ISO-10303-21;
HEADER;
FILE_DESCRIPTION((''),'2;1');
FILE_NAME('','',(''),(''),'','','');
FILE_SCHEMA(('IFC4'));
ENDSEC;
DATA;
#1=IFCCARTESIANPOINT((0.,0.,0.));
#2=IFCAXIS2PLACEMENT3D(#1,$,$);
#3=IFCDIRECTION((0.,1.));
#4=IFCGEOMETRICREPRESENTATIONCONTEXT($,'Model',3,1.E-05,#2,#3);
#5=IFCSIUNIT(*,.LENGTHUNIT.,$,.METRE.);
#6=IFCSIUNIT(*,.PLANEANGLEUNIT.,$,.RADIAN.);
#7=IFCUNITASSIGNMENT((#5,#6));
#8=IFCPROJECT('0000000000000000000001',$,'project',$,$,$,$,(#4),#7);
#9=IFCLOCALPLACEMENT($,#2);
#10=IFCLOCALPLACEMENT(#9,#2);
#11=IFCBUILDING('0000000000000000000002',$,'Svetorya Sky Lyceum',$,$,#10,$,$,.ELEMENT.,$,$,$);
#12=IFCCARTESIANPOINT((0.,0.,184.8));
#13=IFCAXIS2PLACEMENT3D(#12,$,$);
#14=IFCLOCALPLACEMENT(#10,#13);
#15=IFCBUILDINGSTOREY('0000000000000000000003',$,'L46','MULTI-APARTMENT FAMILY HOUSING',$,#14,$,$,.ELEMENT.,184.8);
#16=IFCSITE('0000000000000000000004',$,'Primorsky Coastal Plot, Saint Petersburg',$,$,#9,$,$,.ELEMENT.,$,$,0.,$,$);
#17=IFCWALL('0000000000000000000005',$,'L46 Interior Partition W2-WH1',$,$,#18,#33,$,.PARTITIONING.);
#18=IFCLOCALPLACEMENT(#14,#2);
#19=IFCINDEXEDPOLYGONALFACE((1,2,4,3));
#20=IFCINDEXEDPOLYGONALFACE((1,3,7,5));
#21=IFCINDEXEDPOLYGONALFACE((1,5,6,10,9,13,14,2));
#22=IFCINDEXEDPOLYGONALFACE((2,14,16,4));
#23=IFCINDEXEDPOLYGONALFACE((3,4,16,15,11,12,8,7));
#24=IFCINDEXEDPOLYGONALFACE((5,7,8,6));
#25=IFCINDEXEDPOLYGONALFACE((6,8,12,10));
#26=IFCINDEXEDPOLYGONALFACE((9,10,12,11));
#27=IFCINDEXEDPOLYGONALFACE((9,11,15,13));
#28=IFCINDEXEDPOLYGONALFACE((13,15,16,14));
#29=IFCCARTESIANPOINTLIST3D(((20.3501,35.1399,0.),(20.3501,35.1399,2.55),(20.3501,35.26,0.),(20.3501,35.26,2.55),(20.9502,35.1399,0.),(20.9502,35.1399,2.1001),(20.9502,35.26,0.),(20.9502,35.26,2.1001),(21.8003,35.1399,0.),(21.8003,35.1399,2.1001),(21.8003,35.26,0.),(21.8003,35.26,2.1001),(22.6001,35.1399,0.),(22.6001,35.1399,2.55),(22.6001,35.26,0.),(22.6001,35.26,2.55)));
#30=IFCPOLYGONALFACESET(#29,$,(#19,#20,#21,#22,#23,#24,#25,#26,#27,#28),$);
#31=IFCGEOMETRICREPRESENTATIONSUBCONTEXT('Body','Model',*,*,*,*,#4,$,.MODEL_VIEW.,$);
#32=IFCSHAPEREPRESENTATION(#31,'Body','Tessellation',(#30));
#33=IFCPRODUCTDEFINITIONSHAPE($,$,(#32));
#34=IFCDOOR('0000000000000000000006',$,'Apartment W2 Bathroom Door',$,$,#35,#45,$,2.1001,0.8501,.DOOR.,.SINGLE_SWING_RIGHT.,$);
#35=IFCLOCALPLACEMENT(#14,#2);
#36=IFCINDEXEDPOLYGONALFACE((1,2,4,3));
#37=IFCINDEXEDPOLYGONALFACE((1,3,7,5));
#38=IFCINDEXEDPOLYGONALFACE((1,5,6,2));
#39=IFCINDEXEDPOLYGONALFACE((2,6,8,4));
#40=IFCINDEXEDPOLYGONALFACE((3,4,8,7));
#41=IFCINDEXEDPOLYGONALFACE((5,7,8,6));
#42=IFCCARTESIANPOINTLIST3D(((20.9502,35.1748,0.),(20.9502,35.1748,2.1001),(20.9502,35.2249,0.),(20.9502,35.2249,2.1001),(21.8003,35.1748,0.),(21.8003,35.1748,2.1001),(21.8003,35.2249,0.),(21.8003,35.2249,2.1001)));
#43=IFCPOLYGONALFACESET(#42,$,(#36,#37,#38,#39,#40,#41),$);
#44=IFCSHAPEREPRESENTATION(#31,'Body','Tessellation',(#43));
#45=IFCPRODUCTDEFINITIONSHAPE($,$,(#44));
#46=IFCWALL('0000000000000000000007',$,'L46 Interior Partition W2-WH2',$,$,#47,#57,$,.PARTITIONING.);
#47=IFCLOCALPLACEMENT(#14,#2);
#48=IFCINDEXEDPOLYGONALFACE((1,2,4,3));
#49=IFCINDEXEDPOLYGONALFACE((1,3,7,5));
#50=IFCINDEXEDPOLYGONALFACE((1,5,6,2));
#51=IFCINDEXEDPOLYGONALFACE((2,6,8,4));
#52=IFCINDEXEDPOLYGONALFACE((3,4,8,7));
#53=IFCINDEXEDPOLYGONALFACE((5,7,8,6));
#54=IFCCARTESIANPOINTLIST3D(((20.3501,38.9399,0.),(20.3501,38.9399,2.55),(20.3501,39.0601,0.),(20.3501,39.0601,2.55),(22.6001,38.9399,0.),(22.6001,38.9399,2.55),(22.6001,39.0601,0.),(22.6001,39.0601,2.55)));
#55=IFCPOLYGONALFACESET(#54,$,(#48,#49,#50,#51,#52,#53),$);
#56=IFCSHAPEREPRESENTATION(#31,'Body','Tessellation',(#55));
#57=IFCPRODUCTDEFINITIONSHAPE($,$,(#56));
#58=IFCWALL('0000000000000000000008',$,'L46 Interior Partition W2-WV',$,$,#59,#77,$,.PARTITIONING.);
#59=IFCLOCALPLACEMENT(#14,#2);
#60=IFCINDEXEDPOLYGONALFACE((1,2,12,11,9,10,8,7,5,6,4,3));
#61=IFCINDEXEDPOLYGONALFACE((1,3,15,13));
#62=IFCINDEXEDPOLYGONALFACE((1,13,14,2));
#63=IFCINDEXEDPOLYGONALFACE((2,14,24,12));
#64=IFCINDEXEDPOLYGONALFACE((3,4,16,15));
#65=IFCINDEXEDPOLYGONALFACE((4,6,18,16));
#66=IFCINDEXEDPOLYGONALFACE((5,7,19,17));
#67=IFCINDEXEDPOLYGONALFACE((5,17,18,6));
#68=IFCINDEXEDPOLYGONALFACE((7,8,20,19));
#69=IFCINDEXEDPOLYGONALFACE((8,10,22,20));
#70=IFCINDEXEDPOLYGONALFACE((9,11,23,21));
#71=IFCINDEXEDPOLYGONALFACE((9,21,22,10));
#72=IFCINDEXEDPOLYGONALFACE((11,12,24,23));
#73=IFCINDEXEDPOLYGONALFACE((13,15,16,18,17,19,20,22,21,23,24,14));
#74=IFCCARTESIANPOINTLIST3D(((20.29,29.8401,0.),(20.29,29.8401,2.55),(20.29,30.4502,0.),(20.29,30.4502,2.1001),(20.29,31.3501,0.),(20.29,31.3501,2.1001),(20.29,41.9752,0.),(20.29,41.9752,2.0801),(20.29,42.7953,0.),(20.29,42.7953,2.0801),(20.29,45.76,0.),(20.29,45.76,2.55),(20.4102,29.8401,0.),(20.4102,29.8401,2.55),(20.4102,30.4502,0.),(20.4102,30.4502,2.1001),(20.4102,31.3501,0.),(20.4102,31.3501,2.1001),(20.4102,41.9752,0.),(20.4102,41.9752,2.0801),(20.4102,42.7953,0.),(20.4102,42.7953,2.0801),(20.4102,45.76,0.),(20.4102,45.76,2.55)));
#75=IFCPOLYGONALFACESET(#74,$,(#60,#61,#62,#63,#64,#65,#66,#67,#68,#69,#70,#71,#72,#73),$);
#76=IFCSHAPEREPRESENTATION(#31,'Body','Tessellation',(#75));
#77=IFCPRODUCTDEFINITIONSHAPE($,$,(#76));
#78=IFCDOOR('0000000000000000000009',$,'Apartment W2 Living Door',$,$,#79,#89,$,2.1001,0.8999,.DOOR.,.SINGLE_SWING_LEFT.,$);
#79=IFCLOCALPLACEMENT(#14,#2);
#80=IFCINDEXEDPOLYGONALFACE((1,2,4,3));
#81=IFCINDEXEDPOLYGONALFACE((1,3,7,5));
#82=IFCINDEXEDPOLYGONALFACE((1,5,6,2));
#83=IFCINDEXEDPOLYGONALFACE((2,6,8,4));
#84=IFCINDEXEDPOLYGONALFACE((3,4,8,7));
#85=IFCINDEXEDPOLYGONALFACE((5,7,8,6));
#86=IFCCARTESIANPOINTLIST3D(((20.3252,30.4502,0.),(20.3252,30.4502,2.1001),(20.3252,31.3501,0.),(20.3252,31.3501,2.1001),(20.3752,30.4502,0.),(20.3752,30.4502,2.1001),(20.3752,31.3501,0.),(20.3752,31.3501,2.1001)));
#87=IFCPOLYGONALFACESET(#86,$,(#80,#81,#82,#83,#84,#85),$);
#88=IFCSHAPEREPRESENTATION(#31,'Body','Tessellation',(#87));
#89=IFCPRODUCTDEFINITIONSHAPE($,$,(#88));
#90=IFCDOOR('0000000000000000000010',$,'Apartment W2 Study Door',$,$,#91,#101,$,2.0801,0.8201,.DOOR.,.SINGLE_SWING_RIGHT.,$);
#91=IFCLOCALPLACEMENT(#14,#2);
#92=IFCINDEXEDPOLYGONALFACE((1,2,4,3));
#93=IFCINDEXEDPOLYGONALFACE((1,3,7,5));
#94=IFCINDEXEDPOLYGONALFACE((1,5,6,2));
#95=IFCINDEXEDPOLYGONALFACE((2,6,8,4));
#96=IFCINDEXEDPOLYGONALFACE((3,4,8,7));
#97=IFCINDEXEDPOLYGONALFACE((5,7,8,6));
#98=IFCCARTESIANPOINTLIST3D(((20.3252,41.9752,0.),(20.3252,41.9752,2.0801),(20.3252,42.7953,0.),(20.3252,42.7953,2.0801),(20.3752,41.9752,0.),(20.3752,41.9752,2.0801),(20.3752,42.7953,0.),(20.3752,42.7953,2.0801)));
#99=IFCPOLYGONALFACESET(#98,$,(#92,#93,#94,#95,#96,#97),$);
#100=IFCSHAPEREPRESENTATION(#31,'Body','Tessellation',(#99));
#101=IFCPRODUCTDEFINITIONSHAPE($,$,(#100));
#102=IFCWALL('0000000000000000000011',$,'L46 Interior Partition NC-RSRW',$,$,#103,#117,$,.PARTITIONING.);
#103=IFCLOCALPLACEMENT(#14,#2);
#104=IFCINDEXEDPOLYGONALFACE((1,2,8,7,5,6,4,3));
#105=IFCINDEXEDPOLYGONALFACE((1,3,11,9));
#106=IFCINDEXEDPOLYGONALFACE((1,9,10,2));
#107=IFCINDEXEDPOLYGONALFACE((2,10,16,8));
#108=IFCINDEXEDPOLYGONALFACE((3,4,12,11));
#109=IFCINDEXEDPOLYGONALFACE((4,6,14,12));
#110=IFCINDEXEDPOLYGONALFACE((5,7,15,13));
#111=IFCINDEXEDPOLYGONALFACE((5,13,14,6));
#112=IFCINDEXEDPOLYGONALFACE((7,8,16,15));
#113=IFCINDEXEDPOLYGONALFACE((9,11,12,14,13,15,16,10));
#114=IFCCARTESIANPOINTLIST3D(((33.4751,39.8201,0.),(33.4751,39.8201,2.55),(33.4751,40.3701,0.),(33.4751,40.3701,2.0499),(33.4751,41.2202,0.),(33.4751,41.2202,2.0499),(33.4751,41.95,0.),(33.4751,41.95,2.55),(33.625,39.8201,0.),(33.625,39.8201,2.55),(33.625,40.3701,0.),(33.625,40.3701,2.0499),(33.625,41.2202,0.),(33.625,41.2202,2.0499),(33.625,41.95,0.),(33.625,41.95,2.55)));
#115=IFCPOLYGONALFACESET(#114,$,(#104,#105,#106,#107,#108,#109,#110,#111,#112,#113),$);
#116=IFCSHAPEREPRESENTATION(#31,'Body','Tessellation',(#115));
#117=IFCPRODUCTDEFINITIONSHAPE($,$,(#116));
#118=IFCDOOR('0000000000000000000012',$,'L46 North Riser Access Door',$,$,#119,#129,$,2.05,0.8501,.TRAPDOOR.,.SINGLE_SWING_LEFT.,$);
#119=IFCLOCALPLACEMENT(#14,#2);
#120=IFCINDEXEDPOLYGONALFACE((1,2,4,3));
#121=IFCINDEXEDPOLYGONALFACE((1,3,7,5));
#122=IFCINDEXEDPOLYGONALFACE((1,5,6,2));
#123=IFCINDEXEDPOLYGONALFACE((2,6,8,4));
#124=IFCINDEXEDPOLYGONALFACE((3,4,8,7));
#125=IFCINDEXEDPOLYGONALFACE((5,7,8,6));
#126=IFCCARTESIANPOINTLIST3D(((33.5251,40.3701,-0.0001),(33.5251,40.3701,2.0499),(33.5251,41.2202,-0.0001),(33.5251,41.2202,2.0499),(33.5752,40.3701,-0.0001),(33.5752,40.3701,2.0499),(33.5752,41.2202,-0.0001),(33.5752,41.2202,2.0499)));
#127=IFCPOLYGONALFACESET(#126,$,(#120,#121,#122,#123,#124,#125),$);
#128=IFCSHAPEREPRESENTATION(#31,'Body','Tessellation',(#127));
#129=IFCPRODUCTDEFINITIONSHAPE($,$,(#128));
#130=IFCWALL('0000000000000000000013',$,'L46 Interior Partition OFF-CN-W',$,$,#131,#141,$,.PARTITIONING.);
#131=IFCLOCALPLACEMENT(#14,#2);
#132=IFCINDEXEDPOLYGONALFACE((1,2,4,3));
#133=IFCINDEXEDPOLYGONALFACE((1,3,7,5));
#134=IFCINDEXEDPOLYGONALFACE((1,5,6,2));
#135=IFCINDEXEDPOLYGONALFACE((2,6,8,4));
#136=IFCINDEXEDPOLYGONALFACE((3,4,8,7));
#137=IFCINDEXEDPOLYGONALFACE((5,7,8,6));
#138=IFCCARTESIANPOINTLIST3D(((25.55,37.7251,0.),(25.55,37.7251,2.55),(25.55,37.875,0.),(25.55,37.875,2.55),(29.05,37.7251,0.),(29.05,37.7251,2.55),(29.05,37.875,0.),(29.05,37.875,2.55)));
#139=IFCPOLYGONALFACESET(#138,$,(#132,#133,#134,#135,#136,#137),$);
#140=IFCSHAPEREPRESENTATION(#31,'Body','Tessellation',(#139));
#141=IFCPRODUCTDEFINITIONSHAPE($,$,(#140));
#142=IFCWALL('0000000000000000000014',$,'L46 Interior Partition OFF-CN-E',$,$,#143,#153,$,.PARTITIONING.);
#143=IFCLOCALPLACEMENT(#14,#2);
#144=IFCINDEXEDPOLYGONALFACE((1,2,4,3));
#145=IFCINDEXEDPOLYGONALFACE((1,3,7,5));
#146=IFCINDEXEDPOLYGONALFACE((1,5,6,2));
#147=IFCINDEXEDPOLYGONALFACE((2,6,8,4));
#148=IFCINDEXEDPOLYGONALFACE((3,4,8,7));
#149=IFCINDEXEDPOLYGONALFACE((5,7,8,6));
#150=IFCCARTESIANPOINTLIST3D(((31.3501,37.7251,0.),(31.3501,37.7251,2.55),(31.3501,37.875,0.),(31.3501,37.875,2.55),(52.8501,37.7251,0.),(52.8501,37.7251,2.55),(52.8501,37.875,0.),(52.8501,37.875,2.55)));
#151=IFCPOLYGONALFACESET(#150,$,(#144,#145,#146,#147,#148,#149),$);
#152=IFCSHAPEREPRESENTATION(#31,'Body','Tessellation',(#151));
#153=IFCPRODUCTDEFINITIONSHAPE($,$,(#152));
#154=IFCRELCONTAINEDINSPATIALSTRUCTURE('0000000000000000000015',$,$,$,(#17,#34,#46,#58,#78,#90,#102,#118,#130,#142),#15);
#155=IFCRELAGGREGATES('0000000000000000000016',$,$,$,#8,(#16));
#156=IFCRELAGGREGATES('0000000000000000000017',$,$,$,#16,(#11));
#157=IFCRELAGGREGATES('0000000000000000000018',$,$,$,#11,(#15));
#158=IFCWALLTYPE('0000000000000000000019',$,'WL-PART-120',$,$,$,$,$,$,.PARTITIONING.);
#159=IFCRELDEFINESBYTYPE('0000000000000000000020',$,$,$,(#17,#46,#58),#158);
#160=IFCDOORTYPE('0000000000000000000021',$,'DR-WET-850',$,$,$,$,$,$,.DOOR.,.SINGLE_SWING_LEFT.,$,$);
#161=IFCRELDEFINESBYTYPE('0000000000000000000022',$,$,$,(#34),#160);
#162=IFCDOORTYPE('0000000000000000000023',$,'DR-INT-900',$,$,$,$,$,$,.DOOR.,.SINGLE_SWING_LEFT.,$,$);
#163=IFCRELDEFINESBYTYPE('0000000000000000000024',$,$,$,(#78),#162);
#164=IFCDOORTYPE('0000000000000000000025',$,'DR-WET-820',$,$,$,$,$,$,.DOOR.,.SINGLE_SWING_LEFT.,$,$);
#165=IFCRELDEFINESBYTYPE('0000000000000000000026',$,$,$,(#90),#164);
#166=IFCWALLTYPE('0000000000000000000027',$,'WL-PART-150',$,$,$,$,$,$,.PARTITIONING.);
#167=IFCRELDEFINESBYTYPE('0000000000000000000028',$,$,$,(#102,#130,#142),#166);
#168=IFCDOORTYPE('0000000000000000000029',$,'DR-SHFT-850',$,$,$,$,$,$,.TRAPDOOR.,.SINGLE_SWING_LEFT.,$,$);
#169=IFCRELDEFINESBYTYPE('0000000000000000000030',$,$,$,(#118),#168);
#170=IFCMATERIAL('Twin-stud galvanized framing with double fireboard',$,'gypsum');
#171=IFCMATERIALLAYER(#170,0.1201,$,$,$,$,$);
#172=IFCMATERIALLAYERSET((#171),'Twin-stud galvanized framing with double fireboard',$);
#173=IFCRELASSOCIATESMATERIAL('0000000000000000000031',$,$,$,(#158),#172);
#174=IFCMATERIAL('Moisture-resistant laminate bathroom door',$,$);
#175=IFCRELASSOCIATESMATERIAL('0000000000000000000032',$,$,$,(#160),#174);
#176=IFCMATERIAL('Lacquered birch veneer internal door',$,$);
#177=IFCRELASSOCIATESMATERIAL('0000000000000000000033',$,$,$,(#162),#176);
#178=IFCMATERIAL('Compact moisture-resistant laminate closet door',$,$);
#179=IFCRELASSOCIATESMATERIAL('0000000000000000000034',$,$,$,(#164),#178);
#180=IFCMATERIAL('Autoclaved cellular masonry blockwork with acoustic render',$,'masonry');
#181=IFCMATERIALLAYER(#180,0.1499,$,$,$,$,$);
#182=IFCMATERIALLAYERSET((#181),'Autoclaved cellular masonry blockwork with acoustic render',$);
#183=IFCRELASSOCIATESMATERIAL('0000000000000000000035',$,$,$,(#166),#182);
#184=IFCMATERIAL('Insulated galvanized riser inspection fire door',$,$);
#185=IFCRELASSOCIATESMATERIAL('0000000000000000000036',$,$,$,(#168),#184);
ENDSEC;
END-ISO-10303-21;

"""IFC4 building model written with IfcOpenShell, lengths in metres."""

from ifc_helpers import new_model, si_unit, direction, frame, frame_2d, origin, place, context, subcontext, project, spatial, rectangle, extrude, material, layer, layer_set, type_object, element, fill, save


model = new_model("IFC4")

# Units and contexts
model_context = context("Model", 3, precision=1e-05, world=origin(), true_north=direction((0.0, 1.0)))
body_context = subcontext(model_context, "Body", "Model", "MODEL_VIEW")
ifc_project = project(units=[si_unit("LENGTHUNIT", "METRE"), si_unit("PLANEANGLEUNIT", "RADIAN")], contexts=[model_context])

# Site, building, storey
site_placement = place(None, origin())
site = spatial("IfcSite", under=ifc_project, at=site_placement, Name="Primorsky Coastal Plot, Saint Petersburg", CompositionType="ELEMENT", RefElevation=0.0)
building_placement = place(site_placement, origin())
building = spatial("IfcBuilding", under=site, at=building_placement, Name="Svetorya Sky Lyceum", CompositionType="ELEMENT")
storey_placement = place(building_placement, frame((0.0, 0.0, 184.8)))
storey = spatial("IfcBuildingStorey", under=building, at=storey_placement, Name="L46", Description="MULTI-APARTMENT FAMILY HOUSING", CompositionType="ELEMENT", Elevation=184.8)

# Wall, opening, door
ifc_material_1 = material(Name="Twin-stud galvanized framing with double fireboard", Category="gypsum")
ifc_layer_1 = layer(ifc_material_1, 0.1201)
ifc_layer_set_1 = layer_set([ifc_layer_1], Name="Twin-stud galvanized framing with double fireboard")
wall_type_1 = type_object("IfcWallType", Name="WL-PART-120", PredefinedType="PARTITIONING", material=ifc_layer_set_1)
wall_1_placement = place(storey_placement, frame((20.3501, 35.2, 0.0), z_axis=(0.0, 0.0, 1.0), x_axis=(1.0, 0.0, 0.0)))
wall_1 = element("IfcWall", 1, at=wall_1_placement, inside=storey, type_object=wall_type_1, Name="L46 Interior Partition W2-WH1", PredefinedType="PARTITIONING", context=body_context, shape_type="SweptSolid", body=[
    extrude(rectangle(XDim=2.25, YDim=0.1201, at=frame_2d((1.125, 0.0))), origin(), (0.0, 0.0, 1.0), 2.55),
])
opening_1_placement = place(wall_1_placement, frame((0.6001, 0.0, 0.0)))
opening_1 = element("IfcOpeningElement", 2, at=opening_1_placement, cuts=wall_1, PredefinedType="OPENING", context=body_context, shape_type="SweptSolid", body=[
    extrude(rectangle(XDim=0.8501, YDim=2.1001, at=frame_2d((0.425, 1.05))), frame((0.0, 0.0701, 0.0), z_axis=(0.0, -1.0, 0.0), x_axis=(1.0, 0.0, 0.0)), (0.0, 0.0, 1.0), 0.1401),
])
ifc_material_2 = material(Name="Moisture-resistant laminate bathroom door")
door_type_1 = type_object("IfcDoorType", Name="DR-WET-850", OperationType="SINGLE_SWING_LEFT", PredefinedType="DOOR", material=ifc_material_2)
door_1_placement = place(opening_1_placement, origin())
door_1 = element("IfcDoor", 3, at=door_1_placement, inside=storey, type_object=door_type_1, Name="Apartment W2 Bathroom Door", OperationType="SINGLE_SWING_RIGHT", OverallHeight=2.1001, OverallWidth=0.8501, PredefinedType="DOOR", context=body_context, shape_type="SweptSolid", body=[
    extrude(rectangle(XDim=0.8501, YDim=2.1001, at=frame_2d((0.425, 1.05))), frame((0.0, 0.0249, 0.0), z_axis=(0.0, -1.0, 0.0), x_axis=(1.0, 0.0, 0.0)), (0.0, 0.0, 1.0), 0.05),
])
fill(opening_1, door_1)

# Wall
wall_2_placement = place(storey_placement, frame((20.3501, 39.0, 0.0), z_axis=(0.0, 0.0, 1.0), x_axis=(1.0, 0.0, 0.0)))
element("IfcWall", 4, at=wall_2_placement, inside=storey, type_object=wall_type_1, Name="L46 Interior Partition W2-WH2", PredefinedType="PARTITIONING", context=body_context, shape_type="SweptSolid", body=[
    extrude(rectangle(XDim=2.25, YDim=0.1201, at=frame_2d((1.125, 0.0))), origin(), (0.0, 0.0, 1.0), 2.55),
])

# Wall, openings, doors
wall_3_placement = place(storey_placement, frame((20.3501, 29.8401, 0.0), z_axis=(0.0, 0.0, 1.0), x_axis=(0.0, 1.0, 0.0)))
wall_3 = element("IfcWall", 5, at=wall_3_placement, inside=storey, type_object=wall_type_1, Name="L46 Interior Partition W2-WV", PredefinedType="PARTITIONING", context=body_context, shape_type="SweptSolid", body=[
    extrude(rectangle(XDim=15.9199, YDim=0.1201, at=frame_2d((7.96, 0.0))), origin(), (0.0, 0.0, 1.0), 2.55),
])
opening_2_placement = place(wall_3_placement, frame((0.6101, 0.0, 0.0)))
opening_2 = element("IfcOpeningElement", 6, at=opening_2_placement, cuts=wall_3, PredefinedType="OPENING", context=body_context, shape_type="SweptSolid", body=[
    extrude(rectangle(XDim=0.8999, YDim=2.1001, at=frame_2d((0.45, 1.05))), frame((0.0, 0.0701, 0.0), z_axis=(0.0, -1.0, 0.0), x_axis=(1.0, 0.0, 0.0)), (0.0, 0.0, 1.0), 0.1401),
])
opening_3_placement = place(wall_3_placement, frame((12.135, 0.0, 0.0)))
opening_3 = element("IfcOpeningElement", 7, at=opening_3_placement, cuts=wall_3, PredefinedType="OPENING", context=body_context, shape_type="SweptSolid", body=[
    extrude(rectangle(XDim=0.8201, YDim=2.0801, at=frame_2d((0.4102, 1.04))), frame((0.0, 0.0701, 0.0), z_axis=(0.0, -1.0, 0.0), x_axis=(1.0, 0.0, 0.0)), (0.0, 0.0, 1.0), 0.1401),
])
ifc_material_3 = material(Name="Lacquered birch veneer internal door")
door_type_2 = type_object("IfcDoorType", Name="DR-INT-900", OperationType="SINGLE_SWING_LEFT", PredefinedType="DOOR", material=ifc_material_3)
door_2_placement = place(opening_2_placement, origin())
door_2 = element("IfcDoor", 8, at=door_2_placement, inside=storey, type_object=door_type_2, Name="Apartment W2 Living Door", OperationType="SINGLE_SWING_LEFT", OverallHeight=2.1001, OverallWidth=0.8999, PredefinedType="DOOR", context=body_context, shape_type="SweptSolid", body=[
    extrude(rectangle(XDim=0.8999, YDim=2.1001, at=frame_2d((0.45, 1.05))), frame((0.0, 0.0249, 0.0), z_axis=(0.0, -1.0, 0.0), x_axis=(1.0, 0.0, 0.0)), (0.0, 0.0, 1.0), 0.05),
])
fill(opening_2, door_2)
ifc_material_4 = material(Name="Compact moisture-resistant laminate closet door")
door_type_3 = type_object("IfcDoorType", Name="DR-WET-820", OperationType="SINGLE_SWING_LEFT", PredefinedType="DOOR", material=ifc_material_4)
door_3_placement = place(opening_3_placement, origin())
door_3 = element("IfcDoor", 9, at=door_3_placement, inside=storey, type_object=door_type_3, Name="Apartment W2 Study Door", OperationType="SINGLE_SWING_RIGHT", OverallHeight=2.0801, OverallWidth=0.8201, PredefinedType="DOOR", context=body_context, shape_type="SweptSolid", body=[
    extrude(rectangle(XDim=0.8201, YDim=2.0801, at=frame_2d((0.4102, 1.04))), frame((0.0, 0.0249, 0.0), z_axis=(0.0, -1.0, 0.0), x_axis=(1.0, 0.0, 0.0)), (0.0, 0.0, 1.0), 0.05),
])
fill(opening_3, door_3)

# Wall, opening, door
ifc_material_5 = material(Name="Autoclaved cellular masonry blockwork with acoustic render", Category="masonry")
ifc_layer_2 = layer(ifc_material_5, 0.1499)
ifc_layer_set_2 = layer_set([ifc_layer_2], Name="Autoclaved cellular masonry blockwork with acoustic render")
wall_type_2 = type_object("IfcWallType", Name="WL-PART-150", PredefinedType="PARTITIONING", material=ifc_layer_set_2)
wall_4_placement = place(storey_placement, frame((33.55, 39.8201, 0.0), z_axis=(0.0, 0.0, 1.0), x_axis=(0.0, 1.0, 0.0)))
wall_4 = element("IfcWall", 10, at=wall_4_placement, inside=storey, type_object=wall_type_2, Name="L46 Interior Partition NC-RSRW", PredefinedType="PARTITIONING", context=body_context, shape_type="SweptSolid", body=[
    extrude(rectangle(XDim=2.1299, YDim=0.1499, at=frame_2d((1.0649, 0.0))), origin(), (0.0, 0.0, 1.0), 2.55),
])
opening_4_placement = place(wall_4_placement, frame((0.55, 0.0, 0.0)))
opening_4 = element("IfcOpeningElement", 11, at=opening_4_placement, cuts=wall_4, PredefinedType="OPENING", context=body_context, shape_type="SweptSolid", body=[
    extrude(rectangle(XDim=0.8501, YDim=2.05, at=frame_2d((0.425, 1.0249))), frame((0.0, 0.085, 0.0), z_axis=(0.0, -1.0, 0.0), x_axis=(1.0, 0.0, 0.0)), (0.0, 0.0, 1.0), 0.1699),
])
ifc_material_6 = material(Name="Insulated galvanized riser inspection fire door")
door_type_4 = type_object("IfcDoorType", Name="DR-SHFT-850", OperationType="SINGLE_SWING_LEFT", PredefinedType="TRAPDOOR", material=ifc_material_6)
door_4_placement = place(opening_4_placement, origin())
door_4 = element("IfcDoor", 12, at=door_4_placement, inside=storey, type_object=door_type_4, Name="L46 North Riser Access Door", OperationType="SINGLE_SWING_LEFT", OverallHeight=2.05, OverallWidth=0.8501, PredefinedType="TRAPDOOR", context=body_context, shape_type="SweptSolid", body=[
    extrude(rectangle(XDim=0.8501, YDim=2.05, at=frame_2d((0.425, 1.0249))), frame((0.0, 0.0249, 0.0), z_axis=(0.0, -1.0, 0.0), x_axis=(1.0, 0.0, 0.0)), (0.0, 0.0, 1.0), 0.05),
])
fill(opening_4, door_4)

# Walls
wall_5_placement = place(storey_placement, frame((25.55, 37.8, 0.0), z_axis=(0.0, 0.0, 1.0), x_axis=(1.0, 0.0, 0.0)))
element("IfcWall", 13, at=wall_5_placement, inside=storey, type_object=wall_type_2, Name="L46 Interior Partition OFF-CN-W", PredefinedType="PARTITIONING", context=body_context, shape_type="SweptSolid", body=[
    extrude(rectangle(XDim=3.5, YDim=0.1499, at=frame_2d((1.75, 0.0))), origin(), (0.0, 0.0, 1.0), 2.55),
])
wall_6_placement = place(storey_placement, frame((31.3501, 37.8, 0.0), z_axis=(0.0, 0.0, 1.0), x_axis=(1.0, 0.0, 0.0)))
element("IfcWall", 14, at=wall_6_placement, inside=storey, type_object=wall_type_2, Name="L46 Interior Partition OFF-CN-E", PredefinedType="PARTITIONING", context=body_context, shape_type="SweptSolid", body=[
    extrude(rectangle(XDim=21.5, YDim=0.1499, at=frame_2d((10.75, 0.0))), origin(), (0.0, 0.0, 1.0), 2.55),
])

save(model, "model.ifc")
